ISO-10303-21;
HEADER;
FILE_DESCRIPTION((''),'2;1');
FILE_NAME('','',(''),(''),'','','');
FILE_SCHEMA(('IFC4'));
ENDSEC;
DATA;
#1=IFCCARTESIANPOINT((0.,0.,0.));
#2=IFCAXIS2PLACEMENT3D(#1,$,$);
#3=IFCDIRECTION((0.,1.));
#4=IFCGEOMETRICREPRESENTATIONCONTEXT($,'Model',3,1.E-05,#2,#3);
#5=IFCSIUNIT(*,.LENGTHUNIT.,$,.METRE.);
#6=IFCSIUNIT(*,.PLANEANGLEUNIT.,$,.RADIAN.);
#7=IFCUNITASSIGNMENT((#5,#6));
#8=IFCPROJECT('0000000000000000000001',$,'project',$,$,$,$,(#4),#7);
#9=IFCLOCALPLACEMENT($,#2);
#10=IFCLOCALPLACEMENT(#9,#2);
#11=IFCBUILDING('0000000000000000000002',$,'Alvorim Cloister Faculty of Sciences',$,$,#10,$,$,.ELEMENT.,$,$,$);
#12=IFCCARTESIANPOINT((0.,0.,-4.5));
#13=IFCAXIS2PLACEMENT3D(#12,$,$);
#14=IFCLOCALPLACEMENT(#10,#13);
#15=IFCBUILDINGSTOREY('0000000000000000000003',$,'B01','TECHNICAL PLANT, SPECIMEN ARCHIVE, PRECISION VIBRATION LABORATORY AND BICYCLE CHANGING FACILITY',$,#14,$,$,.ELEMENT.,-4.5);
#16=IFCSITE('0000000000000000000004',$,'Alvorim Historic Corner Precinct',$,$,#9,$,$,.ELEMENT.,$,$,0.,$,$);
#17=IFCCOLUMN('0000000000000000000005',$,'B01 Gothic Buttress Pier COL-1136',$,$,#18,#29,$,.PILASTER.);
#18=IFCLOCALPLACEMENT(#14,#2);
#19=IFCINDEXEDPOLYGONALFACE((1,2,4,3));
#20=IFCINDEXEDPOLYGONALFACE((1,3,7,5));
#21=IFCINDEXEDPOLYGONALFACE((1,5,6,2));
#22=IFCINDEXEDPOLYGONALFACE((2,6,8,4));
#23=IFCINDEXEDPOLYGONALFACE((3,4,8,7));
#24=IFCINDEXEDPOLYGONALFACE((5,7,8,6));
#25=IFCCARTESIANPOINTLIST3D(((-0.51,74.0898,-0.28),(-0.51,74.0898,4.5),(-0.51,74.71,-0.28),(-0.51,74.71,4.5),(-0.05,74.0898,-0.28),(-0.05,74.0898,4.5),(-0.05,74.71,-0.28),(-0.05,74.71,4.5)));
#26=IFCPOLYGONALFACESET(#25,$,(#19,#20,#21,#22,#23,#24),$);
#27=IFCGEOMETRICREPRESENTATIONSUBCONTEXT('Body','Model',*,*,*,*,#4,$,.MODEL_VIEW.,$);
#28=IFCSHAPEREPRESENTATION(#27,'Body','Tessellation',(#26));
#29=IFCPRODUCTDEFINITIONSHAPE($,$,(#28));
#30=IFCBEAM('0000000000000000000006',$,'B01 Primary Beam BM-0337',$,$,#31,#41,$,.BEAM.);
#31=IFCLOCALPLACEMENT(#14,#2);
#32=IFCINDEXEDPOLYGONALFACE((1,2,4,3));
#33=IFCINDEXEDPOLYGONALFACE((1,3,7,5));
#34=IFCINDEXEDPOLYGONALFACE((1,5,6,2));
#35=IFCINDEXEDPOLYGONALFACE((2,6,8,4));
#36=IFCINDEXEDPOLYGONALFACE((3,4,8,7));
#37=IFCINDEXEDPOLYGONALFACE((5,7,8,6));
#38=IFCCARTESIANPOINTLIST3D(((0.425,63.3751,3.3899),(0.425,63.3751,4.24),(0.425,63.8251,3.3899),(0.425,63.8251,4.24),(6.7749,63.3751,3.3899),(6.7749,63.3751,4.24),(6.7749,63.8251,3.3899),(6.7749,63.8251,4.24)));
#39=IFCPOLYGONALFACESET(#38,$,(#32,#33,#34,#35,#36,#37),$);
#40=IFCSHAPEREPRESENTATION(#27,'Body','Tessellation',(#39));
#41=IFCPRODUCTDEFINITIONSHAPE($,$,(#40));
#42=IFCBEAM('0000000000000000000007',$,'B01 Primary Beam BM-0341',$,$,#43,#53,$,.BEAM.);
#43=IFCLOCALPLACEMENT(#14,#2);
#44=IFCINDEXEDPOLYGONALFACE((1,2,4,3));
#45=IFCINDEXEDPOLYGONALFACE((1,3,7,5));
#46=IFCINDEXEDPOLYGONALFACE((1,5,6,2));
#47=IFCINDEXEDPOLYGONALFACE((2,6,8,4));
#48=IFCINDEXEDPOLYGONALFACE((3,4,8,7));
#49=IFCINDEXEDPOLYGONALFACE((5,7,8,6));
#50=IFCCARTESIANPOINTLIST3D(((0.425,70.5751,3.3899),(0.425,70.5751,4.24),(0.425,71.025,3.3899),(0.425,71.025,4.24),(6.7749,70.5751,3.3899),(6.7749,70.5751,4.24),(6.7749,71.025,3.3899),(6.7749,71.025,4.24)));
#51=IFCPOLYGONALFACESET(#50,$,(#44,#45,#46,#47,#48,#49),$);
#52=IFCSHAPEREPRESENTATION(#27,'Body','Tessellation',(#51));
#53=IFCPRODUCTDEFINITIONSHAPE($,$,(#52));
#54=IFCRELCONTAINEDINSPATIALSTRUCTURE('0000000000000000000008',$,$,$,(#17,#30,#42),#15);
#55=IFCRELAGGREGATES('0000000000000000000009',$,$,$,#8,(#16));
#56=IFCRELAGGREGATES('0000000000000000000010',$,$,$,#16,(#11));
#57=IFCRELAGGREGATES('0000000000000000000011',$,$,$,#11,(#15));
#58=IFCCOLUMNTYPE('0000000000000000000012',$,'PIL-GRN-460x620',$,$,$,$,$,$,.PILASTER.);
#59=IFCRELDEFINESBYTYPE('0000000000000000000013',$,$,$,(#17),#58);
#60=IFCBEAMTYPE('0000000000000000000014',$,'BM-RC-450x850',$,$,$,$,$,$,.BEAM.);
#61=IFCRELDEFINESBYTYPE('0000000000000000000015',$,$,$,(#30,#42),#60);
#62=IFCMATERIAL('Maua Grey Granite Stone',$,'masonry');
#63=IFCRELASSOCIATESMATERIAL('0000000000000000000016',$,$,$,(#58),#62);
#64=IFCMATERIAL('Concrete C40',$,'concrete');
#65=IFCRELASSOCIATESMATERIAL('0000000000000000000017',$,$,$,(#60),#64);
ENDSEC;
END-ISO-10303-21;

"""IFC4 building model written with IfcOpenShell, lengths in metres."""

from ifc_helpers import new_model, si_unit, direction, frame, origin, origin_2d, place, context, subcontext, project, spatial, rectangle, extrude, material, material_profile, profile_set, type_object, element, save


model = new_model("IFC4")

# Units and contexts
model_context = context("Model", 3, precision=1e-05, world=origin(), true_north=direction((0.0, 1.0)))
body_context = subcontext(model_context, "Body", "Model", "MODEL_VIEW")
ifc_project = project(units=[si_unit("LENGTHUNIT", "METRE"), si_unit("PLANEANGLEUNIT", "RADIAN")], contexts=[model_context])

# Site, building, storey
site_placement = place(None, origin())
site = spatial("IfcSite", under=ifc_project, at=site_placement, Name="Alvorim Historic Corner Precinct", CompositionType="ELEMENT", RefElevation=0.0)
building_placement = place(site_placement, origin())
building = spatial("IfcBuilding", under=site, at=building_placement, Name="Alvorim Cloister Faculty of Sciences", CompositionType="ELEMENT")
storey_placement = place(building_placement, frame((0.0, 0.0, -4.5)))
storey = spatial("IfcBuildingStorey", under=building, at=storey_placement, Name="B01", Description="TECHNICAL PLANT, SPECIMEN ARCHIVE, PRECISION VIBRATION LABORATORY AND BICYCLE CHANGING FACILITY", CompositionType="ELEMENT", Elevation=-4.5)

# Shared definitions
ifc_material_1 = material(Name="Concrete C40", Category="concrete")

# Column
ifc_material_2 = material(Name="Maua Grey Granite Stone", Category="masonry")
ifc_material_profile_1 = material_profile(ifc_material_2, rectangle(XDim=0.46, YDim=0.6201, at=origin_2d()), Name="GRN-PIER-460x620")
ifc_profile_set_1 = profile_set([ifc_material_profile_1], Name="Maua Grey Granite Stone")
column_type_1 = type_object("IfcColumnType", Name="PIL-GRN-460x620", PredefinedType="PILASTER", material=ifc_profile_set_1)
column_placement = place(storey_placement, frame((-0.28, 74.3999, -0.28), z_axis=(0.0, 0.0, 1.0), x_axis=(1.0, 0.0, 0.0)))
element("IfcColumn", 1, at=column_placement, inside=storey, type_object=column_type_1, Name="B01 Gothic Buttress Pier COL-1136", PredefinedType="PILASTER", context=body_context, shape_type="SweptSolid", body=[
    extrude(rectangle(XDim=0.46, YDim=0.6201, at=origin_2d()), origin(), (0.0, 0.0, 1.0), 4.78),
])

# Beams
ifc_material_profile_2 = material_profile(ifc_material_1, rectangle(XDim=0.45, YDim=0.8501, at=origin_2d()), Name="RC40-BM-450x850")
ifc_profile_set_2 = profile_set([ifc_material_profile_2], Name="Concrete C40")
beam_type = type_object("IfcBeamType", Name="BM-RC-450x850", PredefinedType="BEAM", material=ifc_profile_set_2)
for number, where, z_axis, x_axis, name in (
    (2, (0.425, 63.6001, 3.8149), (1.0, 0.0, 0.0), (0.0, 1.0, 0.0), "B01 Primary Beam BM-0337"),
    (3, (0.425, 70.8, 3.8149), (1.0, 0.0, 0.0), (0.0, 1.0, 0.0), "B01 Primary Beam BM-0341"),
):
    element("IfcBeam", number, at=place(storey_placement, frame(where, z_axis=z_axis, x_axis=x_axis)), inside=storey, type_object=beam_type, Name=name, PredefinedType="BEAM", context=body_context, shape_type="SweptSolid", body=[
        extrude(rectangle(XDim=0.45, YDim=0.8501, at=origin_2d()), origin(), (0.0, 0.0, 1.0), 6.3499),
    ])

save(model, "model.ifc")
